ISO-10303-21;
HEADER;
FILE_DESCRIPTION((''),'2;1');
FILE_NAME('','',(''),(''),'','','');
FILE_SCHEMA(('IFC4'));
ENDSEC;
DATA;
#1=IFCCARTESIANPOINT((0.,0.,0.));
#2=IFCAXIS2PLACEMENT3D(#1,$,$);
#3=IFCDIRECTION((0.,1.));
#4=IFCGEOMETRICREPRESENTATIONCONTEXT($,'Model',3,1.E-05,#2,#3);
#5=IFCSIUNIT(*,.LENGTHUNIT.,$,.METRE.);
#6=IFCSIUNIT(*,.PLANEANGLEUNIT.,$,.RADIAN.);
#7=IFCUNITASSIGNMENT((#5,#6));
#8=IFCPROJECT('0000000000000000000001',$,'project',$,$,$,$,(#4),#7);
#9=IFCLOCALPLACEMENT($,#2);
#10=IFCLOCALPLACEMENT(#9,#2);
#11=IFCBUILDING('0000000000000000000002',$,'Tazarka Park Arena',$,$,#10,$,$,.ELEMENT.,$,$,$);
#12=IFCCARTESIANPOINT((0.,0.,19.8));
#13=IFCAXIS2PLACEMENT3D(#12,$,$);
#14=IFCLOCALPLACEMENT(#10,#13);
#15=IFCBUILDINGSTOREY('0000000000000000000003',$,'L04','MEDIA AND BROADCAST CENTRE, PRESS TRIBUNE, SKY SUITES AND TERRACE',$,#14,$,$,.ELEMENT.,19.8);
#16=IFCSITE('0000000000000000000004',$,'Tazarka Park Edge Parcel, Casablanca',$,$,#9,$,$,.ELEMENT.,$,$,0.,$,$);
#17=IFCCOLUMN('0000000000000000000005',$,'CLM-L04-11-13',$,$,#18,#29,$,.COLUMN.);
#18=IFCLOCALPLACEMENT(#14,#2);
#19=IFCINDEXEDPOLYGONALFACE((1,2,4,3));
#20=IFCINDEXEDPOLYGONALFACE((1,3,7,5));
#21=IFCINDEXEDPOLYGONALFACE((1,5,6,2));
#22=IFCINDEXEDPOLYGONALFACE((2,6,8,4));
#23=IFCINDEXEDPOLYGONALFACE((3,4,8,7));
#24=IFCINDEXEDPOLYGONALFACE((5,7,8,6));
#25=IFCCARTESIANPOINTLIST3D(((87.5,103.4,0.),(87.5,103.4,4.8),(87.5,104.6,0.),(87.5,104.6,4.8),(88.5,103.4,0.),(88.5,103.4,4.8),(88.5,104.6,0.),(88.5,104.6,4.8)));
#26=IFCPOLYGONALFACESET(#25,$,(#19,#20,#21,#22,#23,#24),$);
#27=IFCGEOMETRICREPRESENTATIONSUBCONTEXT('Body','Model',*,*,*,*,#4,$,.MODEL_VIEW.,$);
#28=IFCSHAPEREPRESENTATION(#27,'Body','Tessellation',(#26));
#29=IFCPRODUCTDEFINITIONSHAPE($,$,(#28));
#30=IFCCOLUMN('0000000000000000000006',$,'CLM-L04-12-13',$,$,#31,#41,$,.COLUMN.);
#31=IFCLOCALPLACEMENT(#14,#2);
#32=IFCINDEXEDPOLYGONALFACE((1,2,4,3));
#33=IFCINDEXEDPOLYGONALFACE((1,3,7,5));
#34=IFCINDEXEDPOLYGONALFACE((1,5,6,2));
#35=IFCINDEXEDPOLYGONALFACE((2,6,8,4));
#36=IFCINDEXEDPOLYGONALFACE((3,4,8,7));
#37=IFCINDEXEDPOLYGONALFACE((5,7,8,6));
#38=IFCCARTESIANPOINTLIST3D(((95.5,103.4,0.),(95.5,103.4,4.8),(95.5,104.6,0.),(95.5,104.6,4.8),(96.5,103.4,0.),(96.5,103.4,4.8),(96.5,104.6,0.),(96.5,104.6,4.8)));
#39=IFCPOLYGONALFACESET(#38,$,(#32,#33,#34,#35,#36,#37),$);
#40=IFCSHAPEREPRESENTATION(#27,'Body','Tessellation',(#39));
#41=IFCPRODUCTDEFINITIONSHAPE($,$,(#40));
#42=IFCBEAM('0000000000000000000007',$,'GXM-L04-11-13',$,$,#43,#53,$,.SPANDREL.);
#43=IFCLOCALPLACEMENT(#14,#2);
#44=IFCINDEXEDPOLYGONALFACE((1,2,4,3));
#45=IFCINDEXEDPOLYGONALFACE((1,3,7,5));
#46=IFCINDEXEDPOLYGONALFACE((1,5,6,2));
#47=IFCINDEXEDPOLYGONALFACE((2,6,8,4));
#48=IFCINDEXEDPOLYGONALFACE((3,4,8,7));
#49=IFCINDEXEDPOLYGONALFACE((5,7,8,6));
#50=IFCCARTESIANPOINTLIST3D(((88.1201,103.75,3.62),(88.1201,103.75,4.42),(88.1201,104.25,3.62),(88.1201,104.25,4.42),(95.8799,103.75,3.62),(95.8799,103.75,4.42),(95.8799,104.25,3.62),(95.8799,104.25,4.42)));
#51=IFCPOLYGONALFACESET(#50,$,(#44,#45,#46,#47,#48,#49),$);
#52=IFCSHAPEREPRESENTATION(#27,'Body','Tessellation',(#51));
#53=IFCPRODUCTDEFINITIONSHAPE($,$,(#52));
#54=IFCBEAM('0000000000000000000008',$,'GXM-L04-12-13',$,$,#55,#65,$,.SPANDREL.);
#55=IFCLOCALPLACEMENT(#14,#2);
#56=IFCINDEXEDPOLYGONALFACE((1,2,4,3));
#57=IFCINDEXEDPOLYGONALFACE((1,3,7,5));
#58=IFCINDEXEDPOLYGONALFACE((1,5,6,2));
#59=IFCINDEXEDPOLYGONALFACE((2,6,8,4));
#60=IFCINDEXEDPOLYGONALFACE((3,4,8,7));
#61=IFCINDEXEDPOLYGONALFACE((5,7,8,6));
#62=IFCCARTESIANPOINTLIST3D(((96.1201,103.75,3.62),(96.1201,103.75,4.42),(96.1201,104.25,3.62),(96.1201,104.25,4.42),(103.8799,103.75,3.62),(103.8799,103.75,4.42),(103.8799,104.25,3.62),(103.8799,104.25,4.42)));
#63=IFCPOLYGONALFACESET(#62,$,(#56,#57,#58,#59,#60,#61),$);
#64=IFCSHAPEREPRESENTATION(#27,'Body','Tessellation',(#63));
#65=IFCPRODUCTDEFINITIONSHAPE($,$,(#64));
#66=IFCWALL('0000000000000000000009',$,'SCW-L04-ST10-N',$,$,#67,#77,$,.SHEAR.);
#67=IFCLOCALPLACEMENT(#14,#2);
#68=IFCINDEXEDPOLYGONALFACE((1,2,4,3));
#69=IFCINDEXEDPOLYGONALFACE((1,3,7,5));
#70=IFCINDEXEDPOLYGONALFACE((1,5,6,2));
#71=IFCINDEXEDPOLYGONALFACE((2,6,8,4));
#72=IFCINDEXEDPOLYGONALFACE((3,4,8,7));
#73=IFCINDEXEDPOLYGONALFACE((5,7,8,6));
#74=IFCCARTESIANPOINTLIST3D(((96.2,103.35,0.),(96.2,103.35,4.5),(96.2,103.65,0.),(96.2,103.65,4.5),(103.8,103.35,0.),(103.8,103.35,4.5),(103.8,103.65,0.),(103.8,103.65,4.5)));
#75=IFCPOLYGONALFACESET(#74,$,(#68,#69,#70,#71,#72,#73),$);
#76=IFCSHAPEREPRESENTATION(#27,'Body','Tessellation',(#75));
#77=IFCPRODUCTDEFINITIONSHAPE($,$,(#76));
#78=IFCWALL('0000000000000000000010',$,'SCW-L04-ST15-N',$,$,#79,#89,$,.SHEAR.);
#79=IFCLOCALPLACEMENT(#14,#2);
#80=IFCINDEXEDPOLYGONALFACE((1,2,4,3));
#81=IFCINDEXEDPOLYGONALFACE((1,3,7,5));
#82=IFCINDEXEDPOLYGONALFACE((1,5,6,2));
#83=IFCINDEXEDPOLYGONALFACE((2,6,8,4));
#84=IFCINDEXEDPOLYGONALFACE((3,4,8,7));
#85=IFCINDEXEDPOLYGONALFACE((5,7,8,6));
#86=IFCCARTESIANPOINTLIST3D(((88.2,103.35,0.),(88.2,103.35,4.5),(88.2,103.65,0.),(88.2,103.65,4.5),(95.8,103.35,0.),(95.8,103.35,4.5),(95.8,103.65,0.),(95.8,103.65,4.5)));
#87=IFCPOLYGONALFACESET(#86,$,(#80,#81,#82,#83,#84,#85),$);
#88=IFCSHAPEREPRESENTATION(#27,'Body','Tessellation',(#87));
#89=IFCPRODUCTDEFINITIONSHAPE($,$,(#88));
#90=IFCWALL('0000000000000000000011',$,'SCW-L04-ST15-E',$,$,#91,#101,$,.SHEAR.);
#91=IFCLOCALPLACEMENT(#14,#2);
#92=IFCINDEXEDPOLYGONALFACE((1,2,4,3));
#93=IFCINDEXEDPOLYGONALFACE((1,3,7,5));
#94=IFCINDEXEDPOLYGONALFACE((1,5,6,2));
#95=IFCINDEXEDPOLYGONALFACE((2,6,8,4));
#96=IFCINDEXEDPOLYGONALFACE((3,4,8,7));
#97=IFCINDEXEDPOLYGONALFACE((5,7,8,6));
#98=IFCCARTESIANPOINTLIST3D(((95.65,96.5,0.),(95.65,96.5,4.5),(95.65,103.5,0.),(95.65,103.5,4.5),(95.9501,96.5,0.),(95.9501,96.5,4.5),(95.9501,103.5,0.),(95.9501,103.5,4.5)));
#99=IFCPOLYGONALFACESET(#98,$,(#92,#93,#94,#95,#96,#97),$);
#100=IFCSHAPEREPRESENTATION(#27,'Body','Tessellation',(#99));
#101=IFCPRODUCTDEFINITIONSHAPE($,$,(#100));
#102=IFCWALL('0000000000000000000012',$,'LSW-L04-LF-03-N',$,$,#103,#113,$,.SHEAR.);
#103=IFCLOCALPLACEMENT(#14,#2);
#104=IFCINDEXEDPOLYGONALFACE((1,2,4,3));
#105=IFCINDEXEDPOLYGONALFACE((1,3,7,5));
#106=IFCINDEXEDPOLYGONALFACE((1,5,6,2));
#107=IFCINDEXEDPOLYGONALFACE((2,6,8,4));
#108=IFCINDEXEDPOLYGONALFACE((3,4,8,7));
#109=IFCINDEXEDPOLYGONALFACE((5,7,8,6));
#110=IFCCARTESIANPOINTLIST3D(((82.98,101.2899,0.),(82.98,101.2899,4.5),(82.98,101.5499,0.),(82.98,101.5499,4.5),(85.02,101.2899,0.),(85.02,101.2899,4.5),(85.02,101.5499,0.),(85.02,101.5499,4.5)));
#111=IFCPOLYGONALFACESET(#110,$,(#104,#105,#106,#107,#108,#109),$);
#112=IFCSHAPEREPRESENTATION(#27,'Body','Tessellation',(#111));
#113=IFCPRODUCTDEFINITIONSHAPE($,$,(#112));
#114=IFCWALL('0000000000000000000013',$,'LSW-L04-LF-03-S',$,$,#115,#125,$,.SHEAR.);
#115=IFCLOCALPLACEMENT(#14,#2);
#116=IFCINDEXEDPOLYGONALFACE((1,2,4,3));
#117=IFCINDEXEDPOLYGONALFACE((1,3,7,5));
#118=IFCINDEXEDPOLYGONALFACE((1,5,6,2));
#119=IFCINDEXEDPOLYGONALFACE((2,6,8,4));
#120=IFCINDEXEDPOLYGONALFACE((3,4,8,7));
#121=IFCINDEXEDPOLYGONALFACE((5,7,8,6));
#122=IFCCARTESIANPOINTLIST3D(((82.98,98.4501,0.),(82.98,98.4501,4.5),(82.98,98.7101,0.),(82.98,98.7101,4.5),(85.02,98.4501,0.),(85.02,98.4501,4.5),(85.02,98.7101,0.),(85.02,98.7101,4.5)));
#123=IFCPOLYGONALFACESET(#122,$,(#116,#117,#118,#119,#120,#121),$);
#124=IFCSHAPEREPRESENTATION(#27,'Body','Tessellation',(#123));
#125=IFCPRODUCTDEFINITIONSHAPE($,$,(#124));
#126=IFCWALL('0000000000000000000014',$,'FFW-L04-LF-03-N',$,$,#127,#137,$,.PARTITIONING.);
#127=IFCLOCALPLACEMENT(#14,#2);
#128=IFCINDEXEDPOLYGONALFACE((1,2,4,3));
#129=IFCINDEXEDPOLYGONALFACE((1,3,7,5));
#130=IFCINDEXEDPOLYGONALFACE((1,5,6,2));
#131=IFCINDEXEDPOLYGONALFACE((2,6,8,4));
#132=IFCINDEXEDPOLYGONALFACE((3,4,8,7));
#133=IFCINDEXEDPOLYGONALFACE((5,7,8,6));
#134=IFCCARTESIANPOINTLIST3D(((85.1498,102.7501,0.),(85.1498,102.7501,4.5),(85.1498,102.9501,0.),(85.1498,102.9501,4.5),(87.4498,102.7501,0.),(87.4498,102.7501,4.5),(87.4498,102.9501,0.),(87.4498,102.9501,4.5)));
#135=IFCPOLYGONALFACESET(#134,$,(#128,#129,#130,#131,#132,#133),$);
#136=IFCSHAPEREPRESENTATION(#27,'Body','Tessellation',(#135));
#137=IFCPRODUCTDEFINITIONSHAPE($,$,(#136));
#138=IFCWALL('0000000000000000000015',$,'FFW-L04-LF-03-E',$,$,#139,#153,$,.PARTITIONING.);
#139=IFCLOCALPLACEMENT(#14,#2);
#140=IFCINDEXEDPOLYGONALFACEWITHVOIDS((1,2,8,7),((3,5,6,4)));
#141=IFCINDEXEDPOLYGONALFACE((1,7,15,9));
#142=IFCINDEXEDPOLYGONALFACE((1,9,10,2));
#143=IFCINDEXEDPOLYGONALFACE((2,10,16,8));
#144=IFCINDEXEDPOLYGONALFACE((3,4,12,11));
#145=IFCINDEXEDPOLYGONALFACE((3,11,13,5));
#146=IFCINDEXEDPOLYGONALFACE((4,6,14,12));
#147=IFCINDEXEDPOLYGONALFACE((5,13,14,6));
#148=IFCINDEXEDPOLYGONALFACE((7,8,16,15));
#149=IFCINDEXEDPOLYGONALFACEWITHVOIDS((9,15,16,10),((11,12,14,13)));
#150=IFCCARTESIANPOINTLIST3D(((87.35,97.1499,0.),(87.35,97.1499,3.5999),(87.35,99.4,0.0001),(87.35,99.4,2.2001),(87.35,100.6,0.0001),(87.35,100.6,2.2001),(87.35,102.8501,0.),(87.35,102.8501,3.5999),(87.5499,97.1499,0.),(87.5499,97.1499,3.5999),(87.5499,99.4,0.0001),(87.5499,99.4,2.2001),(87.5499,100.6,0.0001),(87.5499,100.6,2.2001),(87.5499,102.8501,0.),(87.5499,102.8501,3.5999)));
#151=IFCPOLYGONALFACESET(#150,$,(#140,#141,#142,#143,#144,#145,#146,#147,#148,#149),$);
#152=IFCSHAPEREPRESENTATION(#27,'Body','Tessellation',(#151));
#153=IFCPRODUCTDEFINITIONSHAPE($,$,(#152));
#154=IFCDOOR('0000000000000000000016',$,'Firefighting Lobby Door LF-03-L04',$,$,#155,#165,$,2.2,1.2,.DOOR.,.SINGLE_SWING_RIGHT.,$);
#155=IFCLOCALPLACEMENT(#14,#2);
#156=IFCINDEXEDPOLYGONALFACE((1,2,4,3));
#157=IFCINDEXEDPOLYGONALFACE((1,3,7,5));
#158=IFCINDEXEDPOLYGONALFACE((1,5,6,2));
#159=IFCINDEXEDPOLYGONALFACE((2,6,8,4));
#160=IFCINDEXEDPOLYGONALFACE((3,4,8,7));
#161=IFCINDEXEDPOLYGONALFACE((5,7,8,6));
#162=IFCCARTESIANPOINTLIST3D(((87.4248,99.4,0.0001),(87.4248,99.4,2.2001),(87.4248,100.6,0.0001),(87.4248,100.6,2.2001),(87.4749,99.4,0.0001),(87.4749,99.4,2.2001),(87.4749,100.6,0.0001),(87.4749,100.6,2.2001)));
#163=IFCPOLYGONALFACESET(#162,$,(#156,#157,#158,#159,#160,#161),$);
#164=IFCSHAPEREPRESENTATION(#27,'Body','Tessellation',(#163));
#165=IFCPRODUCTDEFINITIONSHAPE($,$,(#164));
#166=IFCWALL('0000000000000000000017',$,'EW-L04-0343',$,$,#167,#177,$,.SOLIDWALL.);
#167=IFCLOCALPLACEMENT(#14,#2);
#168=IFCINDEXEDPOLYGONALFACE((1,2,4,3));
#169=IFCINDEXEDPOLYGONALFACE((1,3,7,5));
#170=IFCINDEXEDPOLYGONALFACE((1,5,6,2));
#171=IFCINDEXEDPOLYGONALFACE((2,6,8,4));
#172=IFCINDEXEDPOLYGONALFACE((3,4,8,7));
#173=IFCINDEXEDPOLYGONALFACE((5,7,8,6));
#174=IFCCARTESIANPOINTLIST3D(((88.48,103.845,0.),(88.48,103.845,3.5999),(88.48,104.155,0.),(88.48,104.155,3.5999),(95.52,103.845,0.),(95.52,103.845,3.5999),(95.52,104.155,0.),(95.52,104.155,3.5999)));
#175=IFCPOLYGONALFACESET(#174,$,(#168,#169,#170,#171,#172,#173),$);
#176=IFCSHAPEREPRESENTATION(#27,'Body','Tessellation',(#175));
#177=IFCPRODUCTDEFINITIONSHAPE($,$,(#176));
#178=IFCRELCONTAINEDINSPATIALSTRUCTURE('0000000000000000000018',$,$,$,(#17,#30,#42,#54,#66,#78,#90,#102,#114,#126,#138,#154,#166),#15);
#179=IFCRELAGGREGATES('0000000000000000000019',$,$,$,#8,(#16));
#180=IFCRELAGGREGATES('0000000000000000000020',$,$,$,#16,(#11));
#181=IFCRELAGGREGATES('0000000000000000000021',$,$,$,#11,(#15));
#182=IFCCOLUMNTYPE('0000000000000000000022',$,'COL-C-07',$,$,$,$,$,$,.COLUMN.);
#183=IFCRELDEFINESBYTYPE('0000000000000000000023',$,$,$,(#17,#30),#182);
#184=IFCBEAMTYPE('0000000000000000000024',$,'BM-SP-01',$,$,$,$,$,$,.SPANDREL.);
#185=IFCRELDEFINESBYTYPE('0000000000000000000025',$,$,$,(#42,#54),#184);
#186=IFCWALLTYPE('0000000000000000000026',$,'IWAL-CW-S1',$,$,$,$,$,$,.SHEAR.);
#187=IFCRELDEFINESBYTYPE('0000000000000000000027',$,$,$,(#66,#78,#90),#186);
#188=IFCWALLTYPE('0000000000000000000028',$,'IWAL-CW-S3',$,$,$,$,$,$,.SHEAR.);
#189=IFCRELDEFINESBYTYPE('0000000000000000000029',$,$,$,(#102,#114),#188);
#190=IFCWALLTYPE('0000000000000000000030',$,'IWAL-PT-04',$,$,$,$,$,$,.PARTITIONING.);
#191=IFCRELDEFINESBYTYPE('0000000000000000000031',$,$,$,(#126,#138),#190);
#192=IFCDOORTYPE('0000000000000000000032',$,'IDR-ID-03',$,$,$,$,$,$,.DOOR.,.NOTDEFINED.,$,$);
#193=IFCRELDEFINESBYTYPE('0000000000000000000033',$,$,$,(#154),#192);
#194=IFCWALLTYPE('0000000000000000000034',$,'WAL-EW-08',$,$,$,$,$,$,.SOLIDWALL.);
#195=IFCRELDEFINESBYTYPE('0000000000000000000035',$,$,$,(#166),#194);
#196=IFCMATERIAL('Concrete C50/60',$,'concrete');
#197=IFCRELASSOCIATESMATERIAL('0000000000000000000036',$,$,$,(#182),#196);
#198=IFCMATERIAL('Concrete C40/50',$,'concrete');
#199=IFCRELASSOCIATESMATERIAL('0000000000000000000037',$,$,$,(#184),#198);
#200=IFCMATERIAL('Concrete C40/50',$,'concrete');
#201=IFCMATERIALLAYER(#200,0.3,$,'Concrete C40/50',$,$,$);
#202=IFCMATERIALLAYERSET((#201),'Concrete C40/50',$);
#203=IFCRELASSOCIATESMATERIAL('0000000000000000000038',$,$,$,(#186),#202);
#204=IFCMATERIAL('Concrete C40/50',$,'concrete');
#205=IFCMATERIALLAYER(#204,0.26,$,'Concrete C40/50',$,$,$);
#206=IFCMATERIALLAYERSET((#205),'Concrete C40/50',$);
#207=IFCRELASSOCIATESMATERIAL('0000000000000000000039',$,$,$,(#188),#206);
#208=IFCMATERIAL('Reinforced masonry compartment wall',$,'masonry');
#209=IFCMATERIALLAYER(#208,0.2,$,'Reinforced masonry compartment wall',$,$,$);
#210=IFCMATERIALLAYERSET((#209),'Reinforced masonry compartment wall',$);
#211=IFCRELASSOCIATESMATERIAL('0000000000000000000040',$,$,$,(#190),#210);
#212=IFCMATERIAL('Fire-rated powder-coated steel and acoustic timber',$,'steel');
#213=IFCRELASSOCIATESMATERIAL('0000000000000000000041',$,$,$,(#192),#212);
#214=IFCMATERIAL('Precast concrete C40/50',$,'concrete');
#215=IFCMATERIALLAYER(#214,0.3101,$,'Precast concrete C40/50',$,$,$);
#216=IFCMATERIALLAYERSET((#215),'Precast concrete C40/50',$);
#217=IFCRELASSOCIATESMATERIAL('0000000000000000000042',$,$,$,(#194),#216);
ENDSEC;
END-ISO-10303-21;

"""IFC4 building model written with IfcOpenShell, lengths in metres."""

from ifc_helpers import new_model, si_unit, direction, frame, frame_2d, origin, origin_2d, place, context, subcontext, project, spatial, rectangle, extrude, material, layer, layer_set, material_profile, profile_set, type_object, element, fill, save


model = new_model("IFC4")

# Units and contexts
model_context = context("Model", 3, precision=1e-05, world=origin(), true_north=direction((0.0, 1.0)))
body_context = subcontext(model_context, "Body", "Model", "MODEL_VIEW")
ifc_project = project(units=[si_unit("LENGTHUNIT", "METRE"), si_unit("PLANEANGLEUNIT", "RADIAN")], contexts=[model_context])

# Site, building, storey
site_placement = place(None, origin())
site = spatial("IfcSite", under=ifc_project, at=site_placement, Name="Tazarka Park Edge Parcel, Casablanca", CompositionType="ELEMENT", RefElevation=0.0)
building_placement = place(site_placement, origin())
building = spatial("IfcBuilding", under=site, at=building_placement, Name="Tazarka Park Arena", CompositionType="ELEMENT")
storey_placement = place(building_placement, frame((0.0, 0.0, 19.8)))
storey = spatial("IfcBuildingStorey", under=building, at=storey_placement, Name="L04", Description="MEDIA AND BROADCAST CENTRE, PRESS TRIBUNE, SKY SUITES AND TERRACE", CompositionType="ELEMENT", Elevation=19.8)

# Columns
ifc_material_1 = material(Name="Concrete C50/60", Category="concrete")
ifc_material_profile_1 = material_profile(ifc_material_1, rectangle(XDim=1.0, YDim=1.2, at=origin_2d()), Name="Concrete C50/60")
ifc_profile_set_1 = profile_set([ifc_material_profile_1], Name="Concrete C50/60")
column_type = type_object("IfcColumnType", Name="COL-C-07", PredefinedType="COLUMN", material=ifc_profile_set_1)
for number, where, z_axis, x_axis, name in (
    (1, (88.0, 104.0, 0.0), (0.0, 0.0, 1.0), (1.0, 0.0, 0.0), "CLM-L04-11-13"),
    (2, (96.0, 104.0, 0.0), (0.0, 0.0, 1.0), (1.0, 0.0, 0.0), "CLM-L04-12-13"),
):
    element("IfcColumn", number, at=place(storey_placement, frame(where, z_axis=z_axis, x_axis=x_axis)), inside=storey, type_object=column_type, Name=name, PredefinedType="COLUMN", context=body_context, shape_type="SweptSolid", body=[
        extrude(rectangle(XDim=1.0, YDim=1.2, at=origin_2d()), origin(), (0.0, 0.0, 1.0), 4.8),
    ])

# Beams
ifc_material_2 = material(Name="Concrete C40/50", Category="concrete")
ifc_material_profile_2 = material_profile(ifc_material_2, rectangle(XDim=0.5, YDim=0.8, at=origin_2d()), Name="Concrete C40/50")
ifc_profile_set_2 = profile_set([ifc_material_profile_2], Name="Concrete C40/50")
beam_type = type_object("IfcBeamType", Name="BM-SP-01", PredefinedType="SPANDREL", material=ifc_profile_set_2)
for number, where, z_axis, x_axis, name in (
    (3, (88.1201, 104.0, 4.02), (1.0, 0.0, 0.0), (0.0, 1.0, 0.0), "GXM-L04-11-13"),
    (4, (96.1201, 104.0, 4.02), (1.0, 0.0, 0.0), (0.0, 1.0, 0.0), "GXM-L04-12-13"),
):
    element("IfcBeam", number, at=place(storey_placement, frame(where, z_axis=z_axis, x_axis=x_axis)), inside=storey, type_object=beam_type, Name=name, PredefinedType="SPANDREL", context=body_context, shape_type="SweptSolid", body=[
        extrude(rectangle(XDim=0.5, YDim=0.8, at=origin_2d()), origin(), (0.0, 0.0, 1.0), 7.7598),
    ])

# Walls
ifc_material_3 = material(Name="Concrete C40/50", Category="concrete")
ifc_layer_1 = layer(ifc_material_3, 0.3, Name="Concrete C40/50")
ifc_layer_set_1 = layer_set([ifc_layer_1], Name="Concrete C40/50")
wall_type_1 = type_object("IfcWallType", Name="IWAL-CW-S1", PredefinedType="SHEAR", material=ifc_layer_set_1)
for number, where, z_axis, x_axis, name in (
    (5, (96.2, 103.5, 0.0), (0.0, 0.0, 1.0), (1.0, 0.0, 0.0), "SCW-L04-ST10-N"),
    (6, (88.2, 103.5, 0.0), (0.0, 0.0, 1.0), (1.0, 0.0, 0.0), "SCW-L04-ST15-N"),
):
    element("IfcWall", number, at=place(storey_placement, frame(where, z_axis=z_axis, x_axis=x_axis)), inside=storey, type_object=wall_type_1, Name=name, PredefinedType="SHEAR", context=body_context, shape_type="SweptSolid", body=[
        extrude(rectangle(XDim=7.6001, YDim=0.3, at=frame_2d((3.8, 0.0))), origin(), (0.0, 0.0, 1.0), 4.5),
    ])
wall_1_placement = place(storey_placement, frame((95.8, 103.5, 0.0), z_axis=(0.0, 0.0, 1.0), x_axis=(0.0, -1.0, 0.0)))
element("IfcWall", 7, at=wall_1_placement, inside=storey, type_object=wall_type_1, Name="SCW-L04-ST15-E", PredefinedType="SHEAR", context=body_context, shape_type="SweptSolid", body=[
    extrude(rectangle(XDim=7.0, YDim=0.3, at=frame_2d((3.5, 0.0))), origin(), (0.0, 0.0, 1.0), 4.5),
])
ifc_material_4 = material(Name="Concrete C40/50", Category="concrete")
ifc_layer_2 = layer(ifc_material_4, 0.26, Name="Concrete C40/50")
ifc_layer_set_2 = layer_set([ifc_layer_2], Name="Concrete C40/50")
wall_type_2 = type_object("IfcWallType", Name="IWAL-CW-S3", PredefinedType="SHEAR", material=ifc_layer_set_2)
for number, where, z_axis, x_axis, name in (
    (8, (82.98, 101.4199, 0.0), (0.0, 0.0, 1.0), (1.0, 0.0, 0.0), "LSW-L04-LF-03-N"),
    (9, (85.02, 98.5801, 0.0), (0.0, 0.0, 1.0), (-1.0, 0.0, 0.0), "LSW-L04-LF-03-S"),
):
    element("IfcWall", number, at=place(storey_placement, frame(where, z_axis=z_axis, x_axis=x_axis)), inside=storey, type_object=wall_type_2, Name=name, PredefinedType="SHEAR", context=body_context, shape_type="SweptSolid", body=[
        extrude(rectangle(XDim=2.04, YDim=0.26, at=frame_2d((1.02, 0.0))), origin(), (0.0, 0.0, 1.0), 4.5),
    ])

# Wall
ifc_material_5 = material(Name="Reinforced masonry compartment wall", Category="masonry")
ifc_layer_3 = layer(ifc_material_5, 0.2, Name="Reinforced masonry compartment wall")
ifc_layer_set_3 = layer_set([ifc_layer_3], Name="Reinforced masonry compartment wall")
wall_type_3 = type_object("IfcWallType", Name="IWAL-PT-04", PredefinedType="PARTITIONING", material=ifc_layer_set_3)
wall_2_placement = place(storey_placement, frame((85.1499, 102.8501, 0.0), z_axis=(0.0, 0.0, 1.0), x_axis=(1.0, 0.0, 0.0)))
element("IfcWall", 10, at=wall_2_placement, inside=storey, type_object=wall_type_3, Name="FFW-L04-LF-03-N", PredefinedType="PARTITIONING", context=body_context, shape_type="SweptSolid", body=[
    extrude(rectangle(XDim=2.3, YDim=0.2, at=frame_2d((1.1499, 0.0))), origin(), (0.0, 0.0, 1.0), 4.5),
])

# Wall, opening, door
wall_3_placement = place(storey_placement, frame((87.45, 102.8501, 0.0), z_axis=(0.0, 0.0, 1.0), x_axis=(0.0, -1.0, 0.0)))
wall_3 = element("IfcWall", 11, at=wall_3_placement, inside=storey, type_object=wall_type_3, Name="FFW-L04-LF-03-E", PredefinedType="PARTITIONING", context=body_context, shape_type="SweptSolid", body=[
    extrude(rectangle(XDim=5.7002, YDim=0.2, at=frame_2d((2.8501, 0.0))), origin(), (0.0, 0.0, 1.0), 3.5999),
])
opening_1_placement = place(wall_3_placement, frame((2.25, 0.0, 0.0)))
opening_1 = element("IfcOpeningElement", 12, at=opening_1_placement, cuts=wall_3, PredefinedType="OPENING", context=body_context, shape_type="SweptSolid", body=[
    extrude(rectangle(XDim=1.2, YDim=2.2, at=frame_2d((0.6001, 1.1001))), frame((0.0, 0.1099, 0.0), z_axis=(0.0, -1.0, 0.0), x_axis=(1.0, 0.0, 0.0)), (0.0, 0.0, 1.0), 0.22),
])
ifc_material_6 = material(Name="Fire-rated powder-coated steel and acoustic timber", Category="steel")
door_type_1 = type_object("IfcDoorType", Name="IDR-ID-03", OperationType="NOTDEFINED", PredefinedType="DOOR", material=ifc_material_6)
door_1_placement = place(opening_1_placement, origin())
door_1 = element("IfcDoor", 13, at=door_1_placement, inside=storey, type_object=door_type_1, Name="Firefighting Lobby Door LF-03-L04", OperationType="SINGLE_SWING_RIGHT", OverallHeight=2.2, OverallWidth=1.2, PredefinedType="DOOR", context=body_context, shape_type="SweptSolid", body=[
    extrude(rectangle(XDim=1.2, YDim=2.2, at=frame_2d((0.6001, 1.1001))), frame((0.0, 0.0249, 0.0), z_axis=(0.0, -1.0, 0.0), x_axis=(1.0, 0.0, 0.0)), (0.0, 0.0, 1.0), 0.05),
])
fill(opening_1, door_1)

# Wall
ifc_material_7 = material(Name="Precast concrete C40/50", Category="concrete")
ifc_layer_4 = layer(ifc_material_7, 0.3101, Name="Precast concrete C40/50")
ifc_layer_set_4 = layer_set([ifc_layer_4], Name="Precast concrete C40/50")
wall_type_4 = type_object("IfcWallType", Name="WAL-EW-08", PredefinedType="SOLIDWALL", material=ifc_layer_set_4)
wall_4_placement = place(storey_placement, frame((88.48, 104.0, 0.0), z_axis=(0.0, 0.0, 1.0), x_axis=(1.0, 0.0, 0.0)))
element("IfcWall", 14, at=wall_4_placement, inside=storey, type_object=wall_type_4, Name="EW-L04-0343", PredefinedType="SOLIDWALL", context=body_context, shape_type="SweptSolid", body=[
    extrude(rectangle(XDim=7.04, YDim=0.3101, at=frame_2d((3.52, 0.0))), origin(), (0.0, 0.0, 1.0), 3.5999),
])

save(model, "model.ifc")
